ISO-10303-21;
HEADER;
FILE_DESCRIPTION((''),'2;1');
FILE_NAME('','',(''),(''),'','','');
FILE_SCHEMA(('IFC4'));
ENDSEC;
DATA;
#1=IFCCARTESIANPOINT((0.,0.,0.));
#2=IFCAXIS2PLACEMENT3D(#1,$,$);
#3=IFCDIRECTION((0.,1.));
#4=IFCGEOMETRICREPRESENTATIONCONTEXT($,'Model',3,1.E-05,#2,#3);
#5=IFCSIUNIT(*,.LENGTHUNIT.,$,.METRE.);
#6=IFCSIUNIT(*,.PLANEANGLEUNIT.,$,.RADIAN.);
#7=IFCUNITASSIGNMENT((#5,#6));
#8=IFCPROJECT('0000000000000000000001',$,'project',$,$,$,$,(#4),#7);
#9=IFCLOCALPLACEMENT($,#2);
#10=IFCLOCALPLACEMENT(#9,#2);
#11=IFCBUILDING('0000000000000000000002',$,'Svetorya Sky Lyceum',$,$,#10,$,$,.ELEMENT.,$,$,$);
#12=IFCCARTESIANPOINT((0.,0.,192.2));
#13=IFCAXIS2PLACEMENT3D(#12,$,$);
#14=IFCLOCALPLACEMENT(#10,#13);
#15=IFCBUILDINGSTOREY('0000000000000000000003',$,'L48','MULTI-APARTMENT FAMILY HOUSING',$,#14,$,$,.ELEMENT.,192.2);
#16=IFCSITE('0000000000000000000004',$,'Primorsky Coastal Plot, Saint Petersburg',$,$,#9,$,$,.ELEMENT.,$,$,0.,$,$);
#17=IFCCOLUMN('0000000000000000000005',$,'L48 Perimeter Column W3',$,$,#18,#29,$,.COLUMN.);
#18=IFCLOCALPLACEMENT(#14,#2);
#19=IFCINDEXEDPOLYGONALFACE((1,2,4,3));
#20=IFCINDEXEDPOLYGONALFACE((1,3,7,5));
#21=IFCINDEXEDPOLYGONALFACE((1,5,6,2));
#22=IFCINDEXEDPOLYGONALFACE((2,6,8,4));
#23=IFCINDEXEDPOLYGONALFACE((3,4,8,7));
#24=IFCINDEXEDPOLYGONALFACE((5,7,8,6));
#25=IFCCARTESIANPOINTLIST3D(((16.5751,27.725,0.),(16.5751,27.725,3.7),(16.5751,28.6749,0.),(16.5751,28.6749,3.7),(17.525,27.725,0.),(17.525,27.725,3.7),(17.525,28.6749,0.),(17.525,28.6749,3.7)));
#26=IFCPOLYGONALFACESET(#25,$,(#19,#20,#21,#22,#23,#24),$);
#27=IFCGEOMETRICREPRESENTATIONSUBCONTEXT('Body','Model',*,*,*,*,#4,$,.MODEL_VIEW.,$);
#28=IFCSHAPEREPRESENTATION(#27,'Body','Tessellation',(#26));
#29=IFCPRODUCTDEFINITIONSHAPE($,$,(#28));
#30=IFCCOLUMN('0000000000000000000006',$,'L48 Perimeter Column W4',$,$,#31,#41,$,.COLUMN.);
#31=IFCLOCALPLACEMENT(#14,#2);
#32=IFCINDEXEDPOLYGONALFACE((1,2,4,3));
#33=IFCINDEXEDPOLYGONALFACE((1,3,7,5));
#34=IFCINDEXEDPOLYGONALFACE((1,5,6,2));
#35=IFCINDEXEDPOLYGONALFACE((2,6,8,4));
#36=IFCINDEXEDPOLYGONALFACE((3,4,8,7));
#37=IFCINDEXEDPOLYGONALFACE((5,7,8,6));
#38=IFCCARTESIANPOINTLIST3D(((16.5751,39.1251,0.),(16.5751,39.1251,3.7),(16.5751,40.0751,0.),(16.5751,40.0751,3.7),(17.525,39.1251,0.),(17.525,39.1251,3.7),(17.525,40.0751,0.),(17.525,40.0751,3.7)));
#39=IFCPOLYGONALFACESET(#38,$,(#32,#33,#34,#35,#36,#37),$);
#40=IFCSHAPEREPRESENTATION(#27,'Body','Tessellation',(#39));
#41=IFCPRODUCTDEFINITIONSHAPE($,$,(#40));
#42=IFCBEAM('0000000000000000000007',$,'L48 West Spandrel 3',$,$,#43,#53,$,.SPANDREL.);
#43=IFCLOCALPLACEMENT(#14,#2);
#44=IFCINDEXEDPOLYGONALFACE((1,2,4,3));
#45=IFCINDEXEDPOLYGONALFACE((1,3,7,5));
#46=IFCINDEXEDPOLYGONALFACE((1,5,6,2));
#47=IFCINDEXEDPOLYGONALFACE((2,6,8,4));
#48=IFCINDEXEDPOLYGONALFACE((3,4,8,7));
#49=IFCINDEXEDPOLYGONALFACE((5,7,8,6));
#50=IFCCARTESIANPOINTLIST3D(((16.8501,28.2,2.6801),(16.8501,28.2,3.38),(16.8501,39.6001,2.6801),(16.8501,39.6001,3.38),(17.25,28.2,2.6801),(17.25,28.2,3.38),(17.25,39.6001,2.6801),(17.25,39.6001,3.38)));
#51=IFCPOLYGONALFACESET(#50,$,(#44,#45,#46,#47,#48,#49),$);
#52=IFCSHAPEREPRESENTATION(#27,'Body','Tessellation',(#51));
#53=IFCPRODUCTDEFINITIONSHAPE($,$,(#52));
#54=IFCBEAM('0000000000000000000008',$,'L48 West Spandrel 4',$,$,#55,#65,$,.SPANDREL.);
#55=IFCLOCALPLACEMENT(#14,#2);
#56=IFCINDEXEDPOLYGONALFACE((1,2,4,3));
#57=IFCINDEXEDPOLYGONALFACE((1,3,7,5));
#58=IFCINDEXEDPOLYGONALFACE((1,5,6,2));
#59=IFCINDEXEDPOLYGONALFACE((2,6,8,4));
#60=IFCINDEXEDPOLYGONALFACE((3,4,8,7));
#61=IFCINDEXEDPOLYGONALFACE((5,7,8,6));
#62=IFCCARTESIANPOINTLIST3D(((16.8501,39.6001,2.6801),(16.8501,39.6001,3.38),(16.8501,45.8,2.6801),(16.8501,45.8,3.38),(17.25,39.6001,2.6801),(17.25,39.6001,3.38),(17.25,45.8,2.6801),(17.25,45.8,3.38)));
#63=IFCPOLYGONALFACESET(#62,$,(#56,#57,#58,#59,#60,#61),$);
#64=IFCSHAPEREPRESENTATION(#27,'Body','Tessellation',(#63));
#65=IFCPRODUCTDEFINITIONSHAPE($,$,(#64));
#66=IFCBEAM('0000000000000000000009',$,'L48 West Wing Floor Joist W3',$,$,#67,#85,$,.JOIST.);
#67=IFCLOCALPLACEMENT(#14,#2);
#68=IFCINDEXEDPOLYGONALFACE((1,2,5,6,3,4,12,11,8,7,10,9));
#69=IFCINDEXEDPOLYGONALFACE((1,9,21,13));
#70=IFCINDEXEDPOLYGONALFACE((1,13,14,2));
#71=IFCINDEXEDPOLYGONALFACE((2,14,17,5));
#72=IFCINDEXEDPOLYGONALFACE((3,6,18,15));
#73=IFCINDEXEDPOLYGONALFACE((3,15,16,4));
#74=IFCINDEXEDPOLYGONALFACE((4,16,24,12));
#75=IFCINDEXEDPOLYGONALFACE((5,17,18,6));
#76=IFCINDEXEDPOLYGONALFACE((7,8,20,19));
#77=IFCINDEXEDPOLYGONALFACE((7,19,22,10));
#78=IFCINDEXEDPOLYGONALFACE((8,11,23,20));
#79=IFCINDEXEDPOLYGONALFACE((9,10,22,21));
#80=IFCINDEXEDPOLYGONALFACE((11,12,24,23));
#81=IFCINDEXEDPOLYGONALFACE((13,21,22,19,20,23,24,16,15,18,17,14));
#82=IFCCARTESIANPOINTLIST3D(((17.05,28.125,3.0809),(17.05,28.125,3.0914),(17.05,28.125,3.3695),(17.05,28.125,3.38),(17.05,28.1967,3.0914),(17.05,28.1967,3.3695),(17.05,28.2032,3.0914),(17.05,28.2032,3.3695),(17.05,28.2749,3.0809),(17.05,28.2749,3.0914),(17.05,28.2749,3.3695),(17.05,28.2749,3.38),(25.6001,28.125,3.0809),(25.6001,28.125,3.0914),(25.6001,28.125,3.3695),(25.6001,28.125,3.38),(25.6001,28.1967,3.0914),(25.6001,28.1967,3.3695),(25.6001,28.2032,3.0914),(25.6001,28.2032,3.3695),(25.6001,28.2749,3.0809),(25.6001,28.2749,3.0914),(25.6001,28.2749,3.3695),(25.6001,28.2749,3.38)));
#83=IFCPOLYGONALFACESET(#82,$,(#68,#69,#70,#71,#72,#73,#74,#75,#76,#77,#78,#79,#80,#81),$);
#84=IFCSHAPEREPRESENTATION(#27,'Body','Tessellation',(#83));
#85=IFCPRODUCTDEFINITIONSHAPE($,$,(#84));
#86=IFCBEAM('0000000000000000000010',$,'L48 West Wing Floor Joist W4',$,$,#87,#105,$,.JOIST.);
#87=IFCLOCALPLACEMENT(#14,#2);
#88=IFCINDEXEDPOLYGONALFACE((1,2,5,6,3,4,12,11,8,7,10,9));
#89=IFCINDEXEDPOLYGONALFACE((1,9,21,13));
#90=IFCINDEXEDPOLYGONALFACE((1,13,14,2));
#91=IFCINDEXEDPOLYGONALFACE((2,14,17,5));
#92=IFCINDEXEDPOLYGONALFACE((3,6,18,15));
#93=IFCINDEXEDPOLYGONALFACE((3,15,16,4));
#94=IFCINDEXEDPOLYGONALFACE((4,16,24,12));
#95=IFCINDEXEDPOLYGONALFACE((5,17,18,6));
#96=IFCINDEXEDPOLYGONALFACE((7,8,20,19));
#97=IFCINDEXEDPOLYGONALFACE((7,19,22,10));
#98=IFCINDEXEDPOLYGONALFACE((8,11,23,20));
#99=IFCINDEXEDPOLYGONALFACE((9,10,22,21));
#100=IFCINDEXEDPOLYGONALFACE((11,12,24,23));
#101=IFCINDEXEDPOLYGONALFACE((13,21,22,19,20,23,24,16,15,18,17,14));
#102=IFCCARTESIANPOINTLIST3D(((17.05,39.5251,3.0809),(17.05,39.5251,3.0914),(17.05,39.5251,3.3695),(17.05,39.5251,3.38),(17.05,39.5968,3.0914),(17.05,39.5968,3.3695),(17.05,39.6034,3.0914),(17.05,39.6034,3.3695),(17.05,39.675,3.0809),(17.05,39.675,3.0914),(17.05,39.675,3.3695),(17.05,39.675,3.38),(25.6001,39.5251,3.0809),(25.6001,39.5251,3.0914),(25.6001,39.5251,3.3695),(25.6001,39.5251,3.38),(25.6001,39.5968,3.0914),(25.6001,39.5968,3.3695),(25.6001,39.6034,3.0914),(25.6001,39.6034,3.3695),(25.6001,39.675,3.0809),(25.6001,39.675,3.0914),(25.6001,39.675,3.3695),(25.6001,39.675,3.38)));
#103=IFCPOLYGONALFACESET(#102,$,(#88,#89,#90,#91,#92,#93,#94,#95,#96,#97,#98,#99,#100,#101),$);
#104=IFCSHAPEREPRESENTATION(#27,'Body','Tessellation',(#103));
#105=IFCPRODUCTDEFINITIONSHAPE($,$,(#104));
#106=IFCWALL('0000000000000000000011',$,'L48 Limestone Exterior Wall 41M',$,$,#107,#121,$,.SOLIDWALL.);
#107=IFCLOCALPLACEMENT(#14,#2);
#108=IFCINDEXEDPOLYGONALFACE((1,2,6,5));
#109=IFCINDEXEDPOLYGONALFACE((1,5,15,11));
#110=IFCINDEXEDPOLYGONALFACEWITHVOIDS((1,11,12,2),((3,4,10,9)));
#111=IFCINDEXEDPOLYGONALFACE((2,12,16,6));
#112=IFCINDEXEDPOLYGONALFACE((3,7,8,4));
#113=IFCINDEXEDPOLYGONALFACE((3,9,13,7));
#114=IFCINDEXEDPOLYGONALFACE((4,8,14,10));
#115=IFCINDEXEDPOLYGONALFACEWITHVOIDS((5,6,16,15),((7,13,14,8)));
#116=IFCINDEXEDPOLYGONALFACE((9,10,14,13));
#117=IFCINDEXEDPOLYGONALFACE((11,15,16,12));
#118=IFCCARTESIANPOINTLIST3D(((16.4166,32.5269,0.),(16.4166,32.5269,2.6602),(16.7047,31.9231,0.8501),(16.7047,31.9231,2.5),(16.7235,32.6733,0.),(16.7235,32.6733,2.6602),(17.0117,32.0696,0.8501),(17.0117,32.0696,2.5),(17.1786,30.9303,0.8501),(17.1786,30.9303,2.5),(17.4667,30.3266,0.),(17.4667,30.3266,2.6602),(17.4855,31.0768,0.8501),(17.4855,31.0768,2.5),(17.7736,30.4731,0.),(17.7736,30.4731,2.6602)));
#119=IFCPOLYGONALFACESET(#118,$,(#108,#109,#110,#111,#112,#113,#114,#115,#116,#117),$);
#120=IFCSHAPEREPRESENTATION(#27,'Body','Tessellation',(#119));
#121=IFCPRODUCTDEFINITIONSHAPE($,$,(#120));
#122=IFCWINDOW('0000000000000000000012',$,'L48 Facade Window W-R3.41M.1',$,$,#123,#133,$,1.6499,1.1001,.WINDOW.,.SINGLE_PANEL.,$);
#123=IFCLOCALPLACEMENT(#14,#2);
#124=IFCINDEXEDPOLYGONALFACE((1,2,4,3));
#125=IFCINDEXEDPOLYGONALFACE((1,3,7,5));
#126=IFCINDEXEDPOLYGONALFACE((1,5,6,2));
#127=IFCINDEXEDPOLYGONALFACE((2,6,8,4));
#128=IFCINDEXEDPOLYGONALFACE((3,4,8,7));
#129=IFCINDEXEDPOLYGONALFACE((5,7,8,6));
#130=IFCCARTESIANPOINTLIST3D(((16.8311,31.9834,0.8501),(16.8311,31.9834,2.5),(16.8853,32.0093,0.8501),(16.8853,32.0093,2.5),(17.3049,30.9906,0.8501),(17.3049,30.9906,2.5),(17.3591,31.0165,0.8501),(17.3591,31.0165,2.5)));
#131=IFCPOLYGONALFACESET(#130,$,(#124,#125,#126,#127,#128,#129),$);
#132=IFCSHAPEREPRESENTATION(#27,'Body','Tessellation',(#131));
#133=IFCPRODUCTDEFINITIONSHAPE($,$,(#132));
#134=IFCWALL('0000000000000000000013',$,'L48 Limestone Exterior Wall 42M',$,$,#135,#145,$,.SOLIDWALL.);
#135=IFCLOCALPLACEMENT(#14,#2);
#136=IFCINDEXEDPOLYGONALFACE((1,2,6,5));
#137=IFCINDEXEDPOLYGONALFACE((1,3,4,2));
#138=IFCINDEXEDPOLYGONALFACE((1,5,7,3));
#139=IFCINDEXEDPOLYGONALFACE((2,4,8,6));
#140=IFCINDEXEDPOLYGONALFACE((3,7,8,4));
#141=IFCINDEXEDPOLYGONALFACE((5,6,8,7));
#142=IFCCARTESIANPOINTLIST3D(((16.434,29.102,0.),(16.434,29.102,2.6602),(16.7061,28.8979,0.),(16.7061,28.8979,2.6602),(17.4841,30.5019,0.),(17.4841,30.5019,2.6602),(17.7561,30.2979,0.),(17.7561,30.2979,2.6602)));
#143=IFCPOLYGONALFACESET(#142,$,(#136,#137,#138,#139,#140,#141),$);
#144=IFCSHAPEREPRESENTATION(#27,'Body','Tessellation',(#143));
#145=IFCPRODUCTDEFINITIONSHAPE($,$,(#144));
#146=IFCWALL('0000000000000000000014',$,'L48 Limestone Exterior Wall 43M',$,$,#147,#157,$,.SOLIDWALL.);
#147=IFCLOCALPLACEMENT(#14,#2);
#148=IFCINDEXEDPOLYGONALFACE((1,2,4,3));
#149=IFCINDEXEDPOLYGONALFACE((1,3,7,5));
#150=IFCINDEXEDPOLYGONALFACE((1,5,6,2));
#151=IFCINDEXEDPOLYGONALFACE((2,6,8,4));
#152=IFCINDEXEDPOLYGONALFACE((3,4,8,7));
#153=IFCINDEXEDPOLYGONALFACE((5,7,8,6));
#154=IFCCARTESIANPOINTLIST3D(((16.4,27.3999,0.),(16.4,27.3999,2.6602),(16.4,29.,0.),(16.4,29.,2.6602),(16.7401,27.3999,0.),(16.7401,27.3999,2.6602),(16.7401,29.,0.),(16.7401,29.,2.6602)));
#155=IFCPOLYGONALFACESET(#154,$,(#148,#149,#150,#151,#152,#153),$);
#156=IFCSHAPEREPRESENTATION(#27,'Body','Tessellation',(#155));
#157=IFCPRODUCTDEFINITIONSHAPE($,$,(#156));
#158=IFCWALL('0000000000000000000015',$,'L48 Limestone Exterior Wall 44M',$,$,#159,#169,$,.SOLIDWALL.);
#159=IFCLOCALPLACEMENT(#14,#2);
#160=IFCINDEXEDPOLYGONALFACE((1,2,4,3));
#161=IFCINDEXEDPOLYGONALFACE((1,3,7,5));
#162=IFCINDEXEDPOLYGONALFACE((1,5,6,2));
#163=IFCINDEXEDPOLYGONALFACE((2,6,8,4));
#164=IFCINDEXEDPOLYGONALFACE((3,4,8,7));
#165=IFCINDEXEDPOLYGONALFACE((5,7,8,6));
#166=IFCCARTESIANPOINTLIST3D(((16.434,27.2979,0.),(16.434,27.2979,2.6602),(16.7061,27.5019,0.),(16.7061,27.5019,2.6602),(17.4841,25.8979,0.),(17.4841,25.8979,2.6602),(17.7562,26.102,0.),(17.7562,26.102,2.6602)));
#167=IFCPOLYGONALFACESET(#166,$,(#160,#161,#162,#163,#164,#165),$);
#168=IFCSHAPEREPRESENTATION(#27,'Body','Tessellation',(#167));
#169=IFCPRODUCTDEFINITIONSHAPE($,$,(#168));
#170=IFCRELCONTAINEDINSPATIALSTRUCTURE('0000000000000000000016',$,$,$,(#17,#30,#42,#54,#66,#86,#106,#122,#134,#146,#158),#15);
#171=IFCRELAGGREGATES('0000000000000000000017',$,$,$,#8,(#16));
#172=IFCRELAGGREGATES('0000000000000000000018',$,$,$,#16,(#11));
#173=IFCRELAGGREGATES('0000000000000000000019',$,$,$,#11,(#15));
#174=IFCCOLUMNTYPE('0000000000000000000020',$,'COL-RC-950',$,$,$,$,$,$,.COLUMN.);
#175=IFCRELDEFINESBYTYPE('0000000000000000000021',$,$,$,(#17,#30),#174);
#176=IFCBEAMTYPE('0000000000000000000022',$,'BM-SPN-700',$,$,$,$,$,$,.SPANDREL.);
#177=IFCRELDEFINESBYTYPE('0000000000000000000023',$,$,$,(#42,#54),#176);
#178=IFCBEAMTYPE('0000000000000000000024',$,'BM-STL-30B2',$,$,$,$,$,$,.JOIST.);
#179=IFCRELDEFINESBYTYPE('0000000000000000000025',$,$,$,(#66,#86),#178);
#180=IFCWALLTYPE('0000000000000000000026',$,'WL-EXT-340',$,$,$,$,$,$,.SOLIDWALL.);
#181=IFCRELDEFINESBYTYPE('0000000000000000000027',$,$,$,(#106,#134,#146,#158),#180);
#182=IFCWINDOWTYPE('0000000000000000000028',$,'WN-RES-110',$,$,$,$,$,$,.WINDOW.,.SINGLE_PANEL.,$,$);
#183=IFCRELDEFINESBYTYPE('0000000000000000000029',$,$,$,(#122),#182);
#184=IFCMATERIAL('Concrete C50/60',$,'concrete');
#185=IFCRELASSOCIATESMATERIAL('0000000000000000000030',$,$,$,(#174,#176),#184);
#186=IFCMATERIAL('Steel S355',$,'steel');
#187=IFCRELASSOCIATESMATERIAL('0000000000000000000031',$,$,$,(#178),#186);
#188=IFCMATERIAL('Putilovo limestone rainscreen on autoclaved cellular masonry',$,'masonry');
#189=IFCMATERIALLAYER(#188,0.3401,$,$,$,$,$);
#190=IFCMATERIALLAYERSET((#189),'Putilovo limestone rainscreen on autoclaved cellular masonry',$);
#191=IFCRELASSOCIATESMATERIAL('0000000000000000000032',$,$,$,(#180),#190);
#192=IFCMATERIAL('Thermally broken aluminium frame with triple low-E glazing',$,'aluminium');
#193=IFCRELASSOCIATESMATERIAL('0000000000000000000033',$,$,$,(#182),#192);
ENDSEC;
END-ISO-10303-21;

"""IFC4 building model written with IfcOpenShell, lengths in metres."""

from ifc_helpers import new_model, si_unit, direction, frame, frame_2d, origin, origin_2d, place, context, subcontext, project, spatial, rectangle, i_section, extrude, material, layer, layer_set, material_profile, profile_set, type_object, element, fill, save


model = new_model("IFC4")

# Units and contexts
model_context = context("Model", 3, precision=1e-05, world=origin(), true_north=direction((0.0, 1.0)))
body_context = subcontext(model_context, "Body", "Model", "MODEL_VIEW")
ifc_project = project(units=[si_unit("LENGTHUNIT", "METRE"), si_unit("PLANEANGLEUNIT", "RADIAN")], contexts=[model_context])

# Site, building, storey
site_placement = place(None, origin())
site = spatial("IfcSite", under=ifc_project, at=site_placement, Name="Primorsky Coastal Plot, Saint Petersburg", CompositionType="ELEMENT", RefElevation=0.0)
building_placement = place(site_placement, origin())
building = spatial("IfcBuilding", under=site, at=building_placement, Name="Svetorya Sky Lyceum", CompositionType="ELEMENT")
storey_placement = place(building_placement, frame((0.0, 0.0, 192.2)))
storey = spatial("IfcBuildingStorey", under=building, at=storey_placement, Name="L48", Description="MULTI-APARTMENT FAMILY HOUSING", CompositionType="ELEMENT", Elevation=192.2)

# Columns
ifc_material_1 = material(Name="Concrete C50/60", Category="concrete")
ifc_material_profile_1 = material_profile(ifc_material_1, rectangle(XDim=0.95, YDim=0.95, at=origin_2d()), Name="RC COL 950x950")
ifc_profile_set_1 = profile_set([ifc_material_profile_1], Name="Concrete C50/60")
column_type = type_object("IfcColumnType", Name="COL-RC-950", PredefinedType="COLUMN", material=ifc_profile_set_1)
for number, where, z_axis, x_axis, name in (
    (1, (17.05, 28.2, 0.0), (0.0, 0.0, 1.0), (1.0, 0.0, 0.0), "L48 Perimeter Column W3"),
    (2, (17.05, 39.6001, 0.0), (0.0, 0.0, 1.0), (1.0, 0.0, 0.0), "L48 Perimeter Column W4"),
):
    element("IfcColumn", number, at=place(storey_placement, frame(where, z_axis=z_axis, x_axis=x_axis)), inside=storey, type_object=column_type, Name=name, PredefinedType="COLUMN", context=body_context, shape_type="SweptSolid", body=[
        extrude(rectangle(XDim=0.95, YDim=0.95, at=origin_2d()), origin(), (0.0, 0.0, 1.0), 3.7),
    ])

# Beams
ifc_material_profile_2 = material_profile(ifc_material_1, rectangle(XDim=0.3999, YDim=0.7, at=origin_2d()), Name="RC SPANDREL 400x700")
ifc_profile_set_2 = profile_set([ifc_material_profile_2], Name="Concrete C50/60")
beam_type_1 = type_object("IfcBeamType", Name="BM-SPN-700", PredefinedType="SPANDREL", material=ifc_profile_set_2)
beam_1_placement = place(storey_placement, frame((17.05, 28.2, 3.03), z_axis=(0.0, 1.0, 0.0), x_axis=(-1.0, 0.0, 0.0)))
element("IfcBeam", 3, at=beam_1_placement, inside=storey, type_object=beam_type_1, Name="L48 West Spandrel 3", PredefinedType="SPANDREL", context=body_context, shape_type="SweptSolid", body=[
    extrude(rectangle(XDim=0.3999, YDim=0.7, at=origin_2d()), origin(), (0.0, 0.0, 1.0), 11.4001),
])
beam_2_placement = place(storey_placement, frame((17.05, 39.6001, 3.03), z_axis=(0.0, 1.0, 0.0), x_axis=(-1.0, 0.0, 0.0)))
element("IfcBeam", 4, at=beam_2_placement, inside=storey, type_object=beam_type_1, Name="L48 West Spandrel 4", PredefinedType="SPANDREL", context=body_context, shape_type="SweptSolid", body=[
    extrude(rectangle(XDim=0.3999, YDim=0.7, at=origin_2d()), origin(), (0.0, 0.0, 1.0), 6.2),
])
ifc_material_2 = material(Name="Steel S355", Category="steel")
ifc_material_profile_3 = material_profile(ifc_material_2, i_section(OverallWidth=0.1499, OverallDepth=0.2991, WebThickness=0.0066, FlangeThickness=0.0105, at=origin_2d()), Name="GOST 30B2")
ifc_profile_set_3 = profile_set([ifc_material_profile_3], Name="Steel S355")
beam_type_2 = type_object("IfcBeamType", Name="BM-STL-30B2", PredefinedType="JOIST", material=ifc_profile_set_3)
for number, where, z_axis, x_axis, name in (
    (5, (17.05, 28.2, 3.2305), (1.0, 0.0, 0.0), (0.0, 1.0, 0.0), "L48 West Wing Floor Joist W3"),
    (6, (17.05, 39.6001, 3.2305), (1.0, 0.0, 0.0), (0.0, 1.0, 0.0), "L48 West Wing Floor Joist W4"),
):
    element("IfcBeam", number, at=place(storey_placement, frame(where, z_axis=z_axis, x_axis=x_axis)), inside=storey, type_object=beam_type_2, Name=name, PredefinedType="JOIST", context=body_context, shape_type="SweptSolid", body=[
        extrude(i_section(OverallWidth=0.1499, OverallDepth=0.2991, WebThickness=0.0066, FlangeThickness=0.0105, at=origin_2d()), origin(), (0.0, 0.0, 1.0), 8.55),
    ])

# Wall, opening, window
ifc_material_3 = material(Name="Putilovo limestone rainscreen on autoclaved cellular masonry", Category="masonry")
ifc_layer_1 = layer(ifc_material_3, 0.3401)
ifc_layer_set_1 = layer_set([ifc_layer_1], Name="Putilovo limestone rainscreen on autoclaved cellular masonry")
wall_type_1 = type_object("IfcWallType", Name="WL-EXT-340", PredefinedType="SOLIDWALL", material=ifc_layer_set_1)
wall_1_placement = place(storey_placement, frame((16.5701, 32.6001, 0.0), z_axis=(0.0, 0.0, 1.0), x_axis=(0.430715, -0.902488, 0.0)))
wall_1 = element("IfcWall", 7, at=wall_1_placement, inside=storey, type_object=wall_type_1, Name="L48 Limestone Exterior Wall 41M", PredefinedType="SOLIDWALL", context=body_context, shape_type="SweptSolid", body=[
    extrude(rectangle(XDim=2.438, YDim=0.3401, at=frame_2d((1.219, 0.0))), origin(), (0.0, 0.0, 1.0), 2.6602),
])
opening_1_placement = place(wall_1_placement, frame((0.6689, 0.0, 0.8501)))
opening_1 = element("IfcOpeningElement", 8, at=opening_1_placement, cuts=wall_1, PredefinedType="OPENING", context=body_context, shape_type="SweptSolid", body=[
    extrude(rectangle(XDim=1.1001, YDim=1.6499, at=frame_2d((0.55, 0.825))), frame((0.0, 0.1799, 0.0), z_axis=(0.0, -1.0, 0.0), x_axis=(1.0, 0.0, 0.0)), (0.0, 0.0, 1.0), 0.3601),
])
ifc_material_4 = material(Name="Thermally broken aluminium frame with triple low-E glazing", Category="aluminium")
window_type = type_object("IfcWindowType", Name="WN-RES-110", PartitioningType="SINGLE_PANEL", PredefinedType="WINDOW", material=ifc_material_4)
window_1_placement = place(opening_1_placement, origin())
window_1 = element("IfcWindow", 9, at=window_1_placement, inside=storey, type_object=window_type, Name="L48 Facade Window W-R3.41M.1", OverallHeight=1.6499, OverallWidth=1.1001, PartitioningType="SINGLE_PANEL", PredefinedType="WINDOW", context=body_context, shape_type="SweptSolid", body=[
    extrude(rectangle(XDim=1.1001, YDim=1.6499, at=frame_2d((0.55, 0.825))), frame((0.0, 0.03, 0.0), z_axis=(0.0, -1.0, 0.0), x_axis=(1.0, 0.0, 0.0)), (0.0, 0.0, 1.0), 0.0601),
])
fill(opening_1, window_1)

# Walls
wall_2_placement = place(storey_placement, frame((17.6201, 30.3999, 0.0), z_axis=(0.0, 0.0, 1.0), x_axis=(-0.600045, -0.799967, 0.0)))
element("IfcWall", 10, at=wall_2_placement, inside=storey, type_object=wall_type_1, Name="L48 Limestone Exterior Wall 42M", PredefinedType="SOLIDWALL", context=body_context, shape_type="SweptSolid", body=[
    extrude(rectangle(XDim=1.75, YDim=0.3401, at=frame_2d((0.875, 0.0))), origin(), (0.0, 0.0, 1.0), 2.6602),
])
wall_3_placement = place(storey_placement, frame((16.5701, 29.0, 0.0), z_axis=(0.0, 0.0, 1.0), x_axis=(0.0, -1.0, 0.0)))
element("IfcWall", 11, at=wall_3_placement, inside=storey, type_object=wall_type_1, Name="L48 Limestone Exterior Wall 43M", PredefinedType="SOLIDWALL", context=body_context, shape_type="SweptSolid", body=[
    extrude(rectangle(XDim=1.6001, YDim=0.3401, at=frame_2d((0.8, 0.0))), origin(), (0.0, 0.0, 1.0), 2.6602),
])
wall_4_placement = place(storey_placement, frame((16.5701, 27.3999, 0.0), z_axis=(0.0, 0.0, 1.0), x_axis=(0.600045, -0.799967, 0.0)))
element("IfcWall", 12, at=wall_4_placement, inside=storey, type_object=wall_type_1, Name="L48 Limestone Exterior Wall 44M", PredefinedType="SOLIDWALL", context=body_context, shape_type="SweptSolid", body=[
    extrude(rectangle(XDim=1.75, YDim=0.3401, at=frame_2d((0.875, 0.0))), origin(), (0.0, 0.0, 1.0), 2.6602),
])

save(model, "model.ifc")
